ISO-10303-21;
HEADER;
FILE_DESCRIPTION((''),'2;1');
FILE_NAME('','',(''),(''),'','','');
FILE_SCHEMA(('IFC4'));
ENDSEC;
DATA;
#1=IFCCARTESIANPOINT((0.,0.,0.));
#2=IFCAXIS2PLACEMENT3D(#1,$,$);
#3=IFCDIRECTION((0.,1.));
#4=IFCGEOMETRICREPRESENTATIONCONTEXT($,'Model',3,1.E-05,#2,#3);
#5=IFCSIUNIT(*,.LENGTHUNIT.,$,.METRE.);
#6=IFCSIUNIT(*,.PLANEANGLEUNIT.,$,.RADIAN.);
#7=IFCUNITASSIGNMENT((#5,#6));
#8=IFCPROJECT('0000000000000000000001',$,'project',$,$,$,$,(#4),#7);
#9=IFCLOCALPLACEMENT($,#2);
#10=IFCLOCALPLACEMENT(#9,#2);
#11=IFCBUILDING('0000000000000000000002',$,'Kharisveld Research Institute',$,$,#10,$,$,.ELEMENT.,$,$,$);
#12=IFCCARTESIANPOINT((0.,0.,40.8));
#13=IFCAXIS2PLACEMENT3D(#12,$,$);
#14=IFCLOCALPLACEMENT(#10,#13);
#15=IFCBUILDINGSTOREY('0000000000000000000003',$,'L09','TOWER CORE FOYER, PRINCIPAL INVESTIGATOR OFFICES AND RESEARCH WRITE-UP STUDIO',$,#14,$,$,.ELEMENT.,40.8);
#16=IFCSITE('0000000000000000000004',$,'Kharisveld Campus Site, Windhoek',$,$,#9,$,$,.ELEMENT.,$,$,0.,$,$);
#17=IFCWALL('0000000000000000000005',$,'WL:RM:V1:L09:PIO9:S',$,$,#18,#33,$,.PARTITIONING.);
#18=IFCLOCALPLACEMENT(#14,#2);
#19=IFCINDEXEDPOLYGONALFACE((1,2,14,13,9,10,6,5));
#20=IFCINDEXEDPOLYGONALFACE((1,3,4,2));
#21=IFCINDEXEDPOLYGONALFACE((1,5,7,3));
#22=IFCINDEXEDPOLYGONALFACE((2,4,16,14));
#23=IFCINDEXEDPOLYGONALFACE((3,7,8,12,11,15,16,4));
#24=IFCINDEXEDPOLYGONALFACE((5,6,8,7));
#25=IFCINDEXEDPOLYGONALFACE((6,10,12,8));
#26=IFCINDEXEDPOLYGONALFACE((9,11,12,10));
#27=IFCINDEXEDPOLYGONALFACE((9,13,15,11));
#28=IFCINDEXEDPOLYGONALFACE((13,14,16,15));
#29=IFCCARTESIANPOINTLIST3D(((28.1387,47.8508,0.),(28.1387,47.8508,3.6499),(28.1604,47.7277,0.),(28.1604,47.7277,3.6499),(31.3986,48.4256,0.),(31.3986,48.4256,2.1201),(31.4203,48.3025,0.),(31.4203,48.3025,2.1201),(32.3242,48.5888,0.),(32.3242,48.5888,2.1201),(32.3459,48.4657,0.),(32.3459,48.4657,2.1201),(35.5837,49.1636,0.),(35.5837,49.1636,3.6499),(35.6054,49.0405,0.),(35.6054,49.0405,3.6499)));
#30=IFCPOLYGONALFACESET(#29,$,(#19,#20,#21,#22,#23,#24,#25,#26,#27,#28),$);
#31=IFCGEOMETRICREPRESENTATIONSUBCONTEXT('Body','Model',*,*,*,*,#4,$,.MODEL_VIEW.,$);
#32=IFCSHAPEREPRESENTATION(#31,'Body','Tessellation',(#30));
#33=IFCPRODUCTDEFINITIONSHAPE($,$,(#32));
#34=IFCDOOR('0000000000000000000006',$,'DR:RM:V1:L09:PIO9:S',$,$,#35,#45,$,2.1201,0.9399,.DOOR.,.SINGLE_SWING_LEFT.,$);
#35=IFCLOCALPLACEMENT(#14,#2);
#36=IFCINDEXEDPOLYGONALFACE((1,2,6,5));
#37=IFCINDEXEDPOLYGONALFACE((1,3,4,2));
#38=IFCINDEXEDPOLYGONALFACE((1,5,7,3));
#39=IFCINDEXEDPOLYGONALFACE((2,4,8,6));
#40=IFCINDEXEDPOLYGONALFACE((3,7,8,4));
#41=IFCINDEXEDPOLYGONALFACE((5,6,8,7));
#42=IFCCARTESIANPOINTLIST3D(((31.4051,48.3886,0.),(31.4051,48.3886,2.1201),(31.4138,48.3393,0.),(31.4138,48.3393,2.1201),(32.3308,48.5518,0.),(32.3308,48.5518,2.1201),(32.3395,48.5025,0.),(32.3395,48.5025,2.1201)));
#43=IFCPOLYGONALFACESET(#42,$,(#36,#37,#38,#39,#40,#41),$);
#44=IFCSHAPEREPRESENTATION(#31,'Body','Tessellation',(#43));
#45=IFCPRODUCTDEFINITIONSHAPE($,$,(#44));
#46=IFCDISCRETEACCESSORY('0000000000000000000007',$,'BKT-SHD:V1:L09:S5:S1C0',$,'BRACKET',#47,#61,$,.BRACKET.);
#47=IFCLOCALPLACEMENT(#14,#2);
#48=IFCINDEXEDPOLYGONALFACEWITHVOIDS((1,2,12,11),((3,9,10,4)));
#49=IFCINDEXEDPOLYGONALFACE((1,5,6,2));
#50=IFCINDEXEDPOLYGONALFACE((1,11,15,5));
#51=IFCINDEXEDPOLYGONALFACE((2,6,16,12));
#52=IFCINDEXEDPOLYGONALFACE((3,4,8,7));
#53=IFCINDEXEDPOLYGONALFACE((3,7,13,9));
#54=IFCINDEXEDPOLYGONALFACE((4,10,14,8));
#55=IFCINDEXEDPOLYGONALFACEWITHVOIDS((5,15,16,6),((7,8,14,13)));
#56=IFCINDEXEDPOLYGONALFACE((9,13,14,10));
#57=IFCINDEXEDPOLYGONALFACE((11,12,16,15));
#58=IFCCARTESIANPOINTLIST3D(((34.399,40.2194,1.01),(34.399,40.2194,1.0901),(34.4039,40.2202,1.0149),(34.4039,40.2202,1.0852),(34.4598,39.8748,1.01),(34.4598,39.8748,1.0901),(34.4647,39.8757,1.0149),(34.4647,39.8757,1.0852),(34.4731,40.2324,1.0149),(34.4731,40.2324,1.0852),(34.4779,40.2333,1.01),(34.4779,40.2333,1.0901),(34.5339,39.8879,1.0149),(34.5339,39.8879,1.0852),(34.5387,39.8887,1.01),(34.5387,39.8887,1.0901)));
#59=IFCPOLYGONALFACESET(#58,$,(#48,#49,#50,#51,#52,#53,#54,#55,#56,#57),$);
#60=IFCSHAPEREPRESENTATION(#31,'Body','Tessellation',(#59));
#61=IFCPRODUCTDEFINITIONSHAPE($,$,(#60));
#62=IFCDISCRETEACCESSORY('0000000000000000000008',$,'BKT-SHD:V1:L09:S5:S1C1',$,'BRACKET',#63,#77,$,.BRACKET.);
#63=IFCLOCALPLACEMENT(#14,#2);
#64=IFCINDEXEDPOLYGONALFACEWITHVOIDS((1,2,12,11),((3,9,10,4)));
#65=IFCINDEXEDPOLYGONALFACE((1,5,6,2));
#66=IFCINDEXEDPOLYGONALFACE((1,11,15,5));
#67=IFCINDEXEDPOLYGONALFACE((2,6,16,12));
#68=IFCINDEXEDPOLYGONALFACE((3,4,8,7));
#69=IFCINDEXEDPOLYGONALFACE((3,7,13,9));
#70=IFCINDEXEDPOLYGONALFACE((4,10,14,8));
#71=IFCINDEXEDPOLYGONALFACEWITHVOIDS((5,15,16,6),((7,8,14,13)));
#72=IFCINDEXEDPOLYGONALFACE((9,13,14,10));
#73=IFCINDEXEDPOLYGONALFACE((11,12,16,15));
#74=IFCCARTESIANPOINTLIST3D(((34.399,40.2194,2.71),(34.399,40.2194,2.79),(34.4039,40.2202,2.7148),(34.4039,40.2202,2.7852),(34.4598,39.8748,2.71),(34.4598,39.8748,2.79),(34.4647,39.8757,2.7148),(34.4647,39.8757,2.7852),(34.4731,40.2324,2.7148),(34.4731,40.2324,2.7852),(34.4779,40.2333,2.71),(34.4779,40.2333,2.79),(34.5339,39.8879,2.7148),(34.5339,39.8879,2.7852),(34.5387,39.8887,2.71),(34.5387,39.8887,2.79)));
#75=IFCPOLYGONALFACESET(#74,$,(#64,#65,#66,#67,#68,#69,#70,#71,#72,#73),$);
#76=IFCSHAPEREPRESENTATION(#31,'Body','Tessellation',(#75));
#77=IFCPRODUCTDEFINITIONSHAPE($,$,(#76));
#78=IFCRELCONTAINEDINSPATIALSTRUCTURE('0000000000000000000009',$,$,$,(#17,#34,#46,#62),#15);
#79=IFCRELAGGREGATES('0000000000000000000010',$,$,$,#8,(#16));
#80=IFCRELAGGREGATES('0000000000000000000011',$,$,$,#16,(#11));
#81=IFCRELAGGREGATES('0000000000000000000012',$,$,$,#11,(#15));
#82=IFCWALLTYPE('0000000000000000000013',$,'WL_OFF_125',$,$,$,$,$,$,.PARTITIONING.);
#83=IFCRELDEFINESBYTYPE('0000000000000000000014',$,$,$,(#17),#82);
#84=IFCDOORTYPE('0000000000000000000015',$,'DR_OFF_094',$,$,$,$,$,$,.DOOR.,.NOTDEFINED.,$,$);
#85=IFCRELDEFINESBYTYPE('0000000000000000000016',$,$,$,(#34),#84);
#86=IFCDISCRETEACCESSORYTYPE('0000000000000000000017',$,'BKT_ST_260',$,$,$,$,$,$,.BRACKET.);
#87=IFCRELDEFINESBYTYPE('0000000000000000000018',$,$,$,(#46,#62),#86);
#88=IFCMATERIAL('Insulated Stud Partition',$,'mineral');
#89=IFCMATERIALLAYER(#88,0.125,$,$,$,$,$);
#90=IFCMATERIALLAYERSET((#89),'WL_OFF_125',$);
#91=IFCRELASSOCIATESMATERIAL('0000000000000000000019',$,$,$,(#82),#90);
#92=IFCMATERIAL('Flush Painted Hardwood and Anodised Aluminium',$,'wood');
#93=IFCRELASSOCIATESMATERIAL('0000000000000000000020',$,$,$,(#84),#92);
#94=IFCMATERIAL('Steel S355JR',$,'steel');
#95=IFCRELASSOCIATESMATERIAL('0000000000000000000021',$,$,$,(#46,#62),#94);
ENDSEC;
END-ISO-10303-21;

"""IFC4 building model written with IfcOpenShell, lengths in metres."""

from ifc_helpers import new_model, si_unit, direction, frame, frame_2d, origin, origin_2d, place, context, subcontext, project, spatial, rectangle, hollow_rectangle, extrude, material, layer, layer_set, type_object, element, fill, save


model = new_model("IFC4")

# Units and contexts
model_context = context("Model", 3, precision=1e-05, world=origin(), true_north=direction((0.0, 1.0)))
body_context = subcontext(model_context, "Body", "Model", "MODEL_VIEW")
ifc_project = project(units=[si_unit("LENGTHUNIT", "METRE"), si_unit("PLANEANGLEUNIT", "RADIAN")], contexts=[model_context])

# Site, building, storey
site_placement = place(None, origin())
site = spatial("IfcSite", under=ifc_project, at=site_placement, Name="Kharisveld Campus Site, Windhoek", CompositionType="ELEMENT", RefElevation=0.0)
building_placement = place(site_placement, origin())
building = spatial("IfcBuilding", under=site, at=building_placement, Name="Kharisveld Research Institute", CompositionType="ELEMENT")
storey_placement = place(building_placement, frame((0.0, 0.0, 40.8)))
storey = spatial("IfcBuildingStorey", under=building, at=storey_placement, Name="L09", Description="TOWER CORE FOYER, PRINCIPAL INVESTIGATOR OFFICES AND RESEARCH WRITE-UP STUDIO", CompositionType="ELEMENT", Elevation=40.8)

# Shared definitions
ifc_material_1 = material(Name="Insulated Stud Partition", Category="mineral")
ifc_layer_1 = layer(ifc_material_1, 0.125)
ifc_layer_set_1 = layer_set([ifc_layer_1], Name="WL_OFF_125")
wall_type_1 = type_object("IfcWallType", Name="WL_OFF_125", PredefinedType="PARTITIONING", material=ifc_layer_set_1)

# Wall, opening, door
wall_1_placement = place(storey_placement, frame((28.1497, 47.7893, 0.0), z_axis=(0.0, 0.0, 1.0), x_axis=(0.984808, 0.173645, 0.0)))
wall_1 = element("IfcWall", 1, at=wall_1_placement, inside=storey, type_object=wall_type_1, Name="WL:RM:V1:L09:PIO9:S", PredefinedType="PARTITIONING", context=body_context, shape_type="SweptSolid", body=[
    extrude(rectangle(XDim=7.5598, YDim=0.125, at=frame_2d((3.7798, 0.0))), origin(), (0.0, 0.0, 1.0), 3.6499),
])
opening_placement = place(wall_1_placement, frame((3.3101, 0.0, 0.0)))
opening = element("IfcOpeningElement", 2, at=opening_placement, cuts=wall_1, PredefinedType="OPENING", context=body_context, shape_type="SweptSolid", body=[
    extrude(rectangle(XDim=0.9399, YDim=2.1201, at=frame_2d((0.47, 1.0601))), frame((0.0, 0.0625, 0.0), z_axis=(0.0, -1.0, 0.0), x_axis=(1.0, 0.0, 0.0)), (0.0, 0.0, 1.0), 0.125),
])
ifc_material_2 = material(Name="Flush Painted Hardwood and Anodised Aluminium", Category="wood")
door_type = type_object("IfcDoorType", Name="DR_OFF_094", OperationType="NOTDEFINED", PredefinedType="DOOR", material=ifc_material_2)
door_placement = place(opening_placement, origin())
door = element("IfcDoor", 3, at=door_placement, inside=storey, type_object=door_type, Name="DR:RM:V1:L09:PIO9:S", OperationType="SINGLE_SWING_LEFT", OverallHeight=2.1201, OverallWidth=0.9399, PredefinedType="DOOR", context=body_context, shape_type="SweptSolid", body=[
    extrude(rectangle(XDim=0.9399, YDim=2.1201, at=frame_2d((0.47, 1.0601))), frame((0.0, 0.0249, 0.0), z_axis=(0.0, -1.0, 0.0), x_axis=(1.0, 0.0, 0.0)), (0.0, 0.0, 1.0), 0.05),
])
fill(opening, door)

# Discrete accessories
ifc_material_3 = material(Name="Steel S355JR", Category="steel")
discrete_accessory_type = type_object("IfcDiscreteAccessoryType", Name="BKT_ST_260", PredefinedType="BRACKET")
for number, where, z_axis, x_axis, name in (
    (4, (34.4385, 40.2263, 1.05), (0.173785, -0.984784, 0.0), (0.984784, 0.173785, 0.0), "BKT-SHD:V1:L09:S5:S1C0"),
    (5, (34.4385, 40.2263, 2.75), (0.173785, -0.984784, 0.0), (0.984784, 0.173785, 0.0), "BKT-SHD:V1:L09:S5:S1C1"),
):
    element("IfcDiscreteAccessory", number, at=place(storey_placement, frame(where, z_axis=z_axis, x_axis=x_axis)), inside=storey, type_object=discrete_accessory_type, material=ifc_material_3, Name=name, ObjectType="BRACKET", PredefinedType="BRACKET", context=body_context, shape_type="SweptSolid", body=[
        extrude(hollow_rectangle(XDim=0.0801, YDim=0.0801, WallThickness=0.0049, at=origin_2d()), origin(), (0.0, 0.0, 1.0), 0.3499),
    ])

save(model, "model.ifc")
